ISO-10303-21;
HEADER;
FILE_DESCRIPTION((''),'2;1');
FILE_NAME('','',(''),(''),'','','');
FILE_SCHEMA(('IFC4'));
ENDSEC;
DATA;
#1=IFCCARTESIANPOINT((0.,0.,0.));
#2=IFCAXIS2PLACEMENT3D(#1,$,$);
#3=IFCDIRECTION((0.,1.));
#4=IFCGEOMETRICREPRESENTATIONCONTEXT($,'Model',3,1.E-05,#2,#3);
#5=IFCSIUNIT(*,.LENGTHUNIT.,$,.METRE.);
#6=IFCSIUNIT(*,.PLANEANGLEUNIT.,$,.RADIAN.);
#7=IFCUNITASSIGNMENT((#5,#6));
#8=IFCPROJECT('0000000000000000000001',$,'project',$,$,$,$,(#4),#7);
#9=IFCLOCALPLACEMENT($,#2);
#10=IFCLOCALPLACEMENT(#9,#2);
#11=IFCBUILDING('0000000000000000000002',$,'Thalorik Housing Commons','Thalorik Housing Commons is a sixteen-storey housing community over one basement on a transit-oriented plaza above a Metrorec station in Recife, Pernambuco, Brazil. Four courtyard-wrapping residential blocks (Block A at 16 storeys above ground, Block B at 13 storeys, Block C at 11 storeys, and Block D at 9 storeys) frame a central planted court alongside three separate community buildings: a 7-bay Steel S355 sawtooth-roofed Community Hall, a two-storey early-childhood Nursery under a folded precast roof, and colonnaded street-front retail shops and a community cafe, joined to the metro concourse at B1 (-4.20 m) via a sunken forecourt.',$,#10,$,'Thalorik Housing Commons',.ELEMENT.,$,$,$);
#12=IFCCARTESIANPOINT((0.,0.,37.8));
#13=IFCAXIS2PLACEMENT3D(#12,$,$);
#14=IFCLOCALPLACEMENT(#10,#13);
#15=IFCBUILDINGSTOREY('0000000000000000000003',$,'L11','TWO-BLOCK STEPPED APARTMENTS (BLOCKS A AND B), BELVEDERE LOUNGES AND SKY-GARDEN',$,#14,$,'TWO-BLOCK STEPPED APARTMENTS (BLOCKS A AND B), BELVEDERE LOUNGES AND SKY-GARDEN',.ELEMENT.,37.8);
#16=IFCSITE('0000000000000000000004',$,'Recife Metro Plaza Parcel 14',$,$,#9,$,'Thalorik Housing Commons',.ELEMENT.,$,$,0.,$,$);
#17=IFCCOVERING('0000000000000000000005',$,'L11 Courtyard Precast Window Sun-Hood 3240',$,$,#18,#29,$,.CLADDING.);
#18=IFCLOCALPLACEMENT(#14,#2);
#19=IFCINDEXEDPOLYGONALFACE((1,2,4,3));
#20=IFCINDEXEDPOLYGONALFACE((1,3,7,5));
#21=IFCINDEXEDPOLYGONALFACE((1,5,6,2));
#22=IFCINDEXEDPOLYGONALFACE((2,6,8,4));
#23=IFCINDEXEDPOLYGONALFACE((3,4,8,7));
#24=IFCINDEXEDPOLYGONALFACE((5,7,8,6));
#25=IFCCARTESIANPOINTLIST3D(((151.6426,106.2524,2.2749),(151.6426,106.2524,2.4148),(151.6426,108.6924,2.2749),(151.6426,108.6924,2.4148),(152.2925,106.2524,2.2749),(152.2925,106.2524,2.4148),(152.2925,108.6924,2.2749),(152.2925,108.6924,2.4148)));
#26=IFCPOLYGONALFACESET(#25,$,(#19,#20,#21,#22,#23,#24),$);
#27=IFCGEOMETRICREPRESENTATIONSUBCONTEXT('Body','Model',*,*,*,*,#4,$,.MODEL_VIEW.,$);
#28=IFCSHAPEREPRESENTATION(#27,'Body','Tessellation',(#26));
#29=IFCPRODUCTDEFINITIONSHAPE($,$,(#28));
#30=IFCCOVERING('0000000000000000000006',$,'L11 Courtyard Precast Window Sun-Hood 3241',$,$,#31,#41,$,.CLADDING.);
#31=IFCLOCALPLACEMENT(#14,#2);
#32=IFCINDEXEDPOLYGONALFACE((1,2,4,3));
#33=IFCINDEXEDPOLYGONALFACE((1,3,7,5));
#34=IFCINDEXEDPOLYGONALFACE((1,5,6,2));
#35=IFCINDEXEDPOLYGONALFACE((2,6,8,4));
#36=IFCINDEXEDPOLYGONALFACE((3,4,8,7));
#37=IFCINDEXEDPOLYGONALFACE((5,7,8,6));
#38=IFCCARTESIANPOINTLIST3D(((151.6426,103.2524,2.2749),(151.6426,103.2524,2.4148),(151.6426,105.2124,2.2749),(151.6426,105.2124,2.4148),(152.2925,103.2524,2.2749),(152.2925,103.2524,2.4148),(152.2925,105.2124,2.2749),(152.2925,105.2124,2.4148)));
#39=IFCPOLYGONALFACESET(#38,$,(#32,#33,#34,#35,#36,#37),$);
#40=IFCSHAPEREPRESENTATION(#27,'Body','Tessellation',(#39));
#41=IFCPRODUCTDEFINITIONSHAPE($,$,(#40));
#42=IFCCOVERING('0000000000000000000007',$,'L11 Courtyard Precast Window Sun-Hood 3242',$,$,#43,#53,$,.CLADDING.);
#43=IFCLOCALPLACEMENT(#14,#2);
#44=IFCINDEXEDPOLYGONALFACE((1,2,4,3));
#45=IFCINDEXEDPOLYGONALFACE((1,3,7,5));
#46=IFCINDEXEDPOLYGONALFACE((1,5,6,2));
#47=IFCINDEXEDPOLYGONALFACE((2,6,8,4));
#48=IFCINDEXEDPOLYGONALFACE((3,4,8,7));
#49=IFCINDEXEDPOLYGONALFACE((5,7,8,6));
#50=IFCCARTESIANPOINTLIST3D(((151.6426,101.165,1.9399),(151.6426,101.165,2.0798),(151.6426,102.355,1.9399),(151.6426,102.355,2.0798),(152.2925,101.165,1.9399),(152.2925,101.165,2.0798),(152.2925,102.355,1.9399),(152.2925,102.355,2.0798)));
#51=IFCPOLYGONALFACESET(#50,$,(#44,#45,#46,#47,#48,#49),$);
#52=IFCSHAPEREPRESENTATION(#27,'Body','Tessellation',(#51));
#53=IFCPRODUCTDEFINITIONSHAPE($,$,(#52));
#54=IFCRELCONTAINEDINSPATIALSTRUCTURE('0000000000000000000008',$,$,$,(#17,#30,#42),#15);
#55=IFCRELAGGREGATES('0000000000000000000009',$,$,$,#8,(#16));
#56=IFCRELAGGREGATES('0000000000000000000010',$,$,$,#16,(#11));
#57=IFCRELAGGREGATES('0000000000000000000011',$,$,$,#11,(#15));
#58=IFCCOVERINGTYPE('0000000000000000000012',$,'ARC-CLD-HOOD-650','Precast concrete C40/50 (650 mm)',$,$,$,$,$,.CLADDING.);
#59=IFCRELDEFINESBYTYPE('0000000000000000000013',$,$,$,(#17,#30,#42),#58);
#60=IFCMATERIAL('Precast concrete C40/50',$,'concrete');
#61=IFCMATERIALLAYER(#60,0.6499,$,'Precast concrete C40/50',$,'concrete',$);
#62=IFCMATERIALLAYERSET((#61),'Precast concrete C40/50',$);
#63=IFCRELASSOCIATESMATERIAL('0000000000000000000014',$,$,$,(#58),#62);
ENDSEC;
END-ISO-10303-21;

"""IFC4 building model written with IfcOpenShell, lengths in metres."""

from ifc_helpers import new_model, si_unit, direction, frame, origin, origin_2d, place, context, subcontext, project, spatial, rectangle, extrude, material, layer, layer_set, type_object, element, save


model = new_model("IFC4")

# Units and contexts
model_context = context("Model", 3, precision=1e-05, world=origin(), true_north=direction((0.0, 1.0)))
body_context = subcontext(model_context, "Body", "Model", "MODEL_VIEW")
ifc_project = project(units=[si_unit("LENGTHUNIT", "METRE"), si_unit("PLANEANGLEUNIT", "RADIAN")], contexts=[model_context])

# Site, building, storey
site_placement = place(None, origin())
site = spatial("IfcSite", under=ifc_project, at=site_placement, Name="Recife Metro Plaza Parcel 14", LongName="Thalorik Housing Commons", CompositionType="ELEMENT", RefElevation=0.0)
building_placement = place(site_placement, origin())
building = spatial("IfcBuilding", under=site, at=building_placement, Name="Thalorik Housing Commons", Description="Thalorik Housing Commons is a sixteen-storey housing community over one basement on a transit-oriented plaza above a Metrorec station in Recife, Pernambuco, Brazil. Four courtyard-wrapping residential blocks (Block A at 16 storeys above ground, Block B at 13 storeys, Block C at 11 storeys, and Block D at 9 storeys) frame a central planted court alongside three separate community buildings: a 7-bay Steel S355 sawtooth-roofed Community Hall, a two-storey early-childhood Nursery under a folded precast roof, and colonnaded street-front retail shops and a community cafe, joined to the metro concourse at B1 (-4.20 m) via a sunken forecourt.", LongName="Thalorik Housing Commons", CompositionType="ELEMENT")
storey_placement = place(building_placement, frame((0.0, 0.0, 37.8)))
storey = spatial("IfcBuildingStorey", under=building, at=storey_placement, Name="L11", Description="TWO-BLOCK STEPPED APARTMENTS (BLOCKS A AND B), BELVEDERE LOUNGES AND SKY-GARDEN", LongName="TWO-BLOCK STEPPED APARTMENTS (BLOCKS A AND B), BELVEDERE LOUNGES AND SKY-GARDEN", CompositionType="ELEMENT", Elevation=37.8)

# Coverings
ifc_material = material(Name="Precast concrete C40/50", Category="concrete")
ifc_layer_1 = layer(ifc_material, 0.6499, Name="Precast concrete C40/50", Category="concrete")
ifc_layer_set_1 = layer_set([ifc_layer_1], Name="Precast concrete C40/50")
covering_type_1 = type_object("IfcCoveringType", Name="ARC-CLD-HOOD-650", Description="Precast concrete C40/50 (650 mm)", PredefinedType="CLADDING", material=ifc_layer_set_1)
covering_1_placement = place(storey_placement, frame((151.9675, 107.4724, 2.2749), z_axis=(0.0, 0.0, 1.0), x_axis=(0.0, -1.0, 0.0)))
element("IfcCovering", 1, at=covering_1_placement, inside=storey, type_object=covering_type_1, Name="L11 Courtyard Precast Window Sun-Hood 3240", PredefinedType="CLADDING", context=body_context, shape_type="SweptSolid", body=[
    extrude(rectangle(XDim=2.4399, YDim=0.6499, at=origin_2d()), origin(), (0.0, 0.0, 1.0), 0.1399),
])
covering_2_placement = place(storey_placement, frame((151.9675, 104.2324, 2.2749), z_axis=(0.0, 0.0, 1.0), x_axis=(0.0, -1.0, 0.0)))
element("IfcCovering", 2, at=covering_2_placement, inside=storey, type_object=covering_type_1, Name="L11 Courtyard Precast Window Sun-Hood 3241", PredefinedType="CLADDING", context=body_context, shape_type="SweptSolid", body=[
    extrude(rectangle(XDim=1.96, YDim=0.6499, at=origin_2d()), origin(), (0.0, 0.0, 1.0), 0.1399),
])
covering_3_placement = place(storey_placement, frame((151.9675, 101.76, 1.9399), z_axis=(0.0, 0.0, 1.0), x_axis=(0.0, -1.0, 0.0)))
element("IfcCovering", 3, at=covering_3_placement, inside=storey, type_object=covering_type_1, Name="L11 Courtyard Precast Window Sun-Hood 3242", PredefinedType="CLADDING", context=body_context, shape_type="SweptSolid", body=[
    extrude(rectangle(XDim=1.1899, YDim=0.6499, at=origin_2d()), origin(), (0.0, 0.0, 1.0), 0.1399),
])

save(model, "model.ifc")
